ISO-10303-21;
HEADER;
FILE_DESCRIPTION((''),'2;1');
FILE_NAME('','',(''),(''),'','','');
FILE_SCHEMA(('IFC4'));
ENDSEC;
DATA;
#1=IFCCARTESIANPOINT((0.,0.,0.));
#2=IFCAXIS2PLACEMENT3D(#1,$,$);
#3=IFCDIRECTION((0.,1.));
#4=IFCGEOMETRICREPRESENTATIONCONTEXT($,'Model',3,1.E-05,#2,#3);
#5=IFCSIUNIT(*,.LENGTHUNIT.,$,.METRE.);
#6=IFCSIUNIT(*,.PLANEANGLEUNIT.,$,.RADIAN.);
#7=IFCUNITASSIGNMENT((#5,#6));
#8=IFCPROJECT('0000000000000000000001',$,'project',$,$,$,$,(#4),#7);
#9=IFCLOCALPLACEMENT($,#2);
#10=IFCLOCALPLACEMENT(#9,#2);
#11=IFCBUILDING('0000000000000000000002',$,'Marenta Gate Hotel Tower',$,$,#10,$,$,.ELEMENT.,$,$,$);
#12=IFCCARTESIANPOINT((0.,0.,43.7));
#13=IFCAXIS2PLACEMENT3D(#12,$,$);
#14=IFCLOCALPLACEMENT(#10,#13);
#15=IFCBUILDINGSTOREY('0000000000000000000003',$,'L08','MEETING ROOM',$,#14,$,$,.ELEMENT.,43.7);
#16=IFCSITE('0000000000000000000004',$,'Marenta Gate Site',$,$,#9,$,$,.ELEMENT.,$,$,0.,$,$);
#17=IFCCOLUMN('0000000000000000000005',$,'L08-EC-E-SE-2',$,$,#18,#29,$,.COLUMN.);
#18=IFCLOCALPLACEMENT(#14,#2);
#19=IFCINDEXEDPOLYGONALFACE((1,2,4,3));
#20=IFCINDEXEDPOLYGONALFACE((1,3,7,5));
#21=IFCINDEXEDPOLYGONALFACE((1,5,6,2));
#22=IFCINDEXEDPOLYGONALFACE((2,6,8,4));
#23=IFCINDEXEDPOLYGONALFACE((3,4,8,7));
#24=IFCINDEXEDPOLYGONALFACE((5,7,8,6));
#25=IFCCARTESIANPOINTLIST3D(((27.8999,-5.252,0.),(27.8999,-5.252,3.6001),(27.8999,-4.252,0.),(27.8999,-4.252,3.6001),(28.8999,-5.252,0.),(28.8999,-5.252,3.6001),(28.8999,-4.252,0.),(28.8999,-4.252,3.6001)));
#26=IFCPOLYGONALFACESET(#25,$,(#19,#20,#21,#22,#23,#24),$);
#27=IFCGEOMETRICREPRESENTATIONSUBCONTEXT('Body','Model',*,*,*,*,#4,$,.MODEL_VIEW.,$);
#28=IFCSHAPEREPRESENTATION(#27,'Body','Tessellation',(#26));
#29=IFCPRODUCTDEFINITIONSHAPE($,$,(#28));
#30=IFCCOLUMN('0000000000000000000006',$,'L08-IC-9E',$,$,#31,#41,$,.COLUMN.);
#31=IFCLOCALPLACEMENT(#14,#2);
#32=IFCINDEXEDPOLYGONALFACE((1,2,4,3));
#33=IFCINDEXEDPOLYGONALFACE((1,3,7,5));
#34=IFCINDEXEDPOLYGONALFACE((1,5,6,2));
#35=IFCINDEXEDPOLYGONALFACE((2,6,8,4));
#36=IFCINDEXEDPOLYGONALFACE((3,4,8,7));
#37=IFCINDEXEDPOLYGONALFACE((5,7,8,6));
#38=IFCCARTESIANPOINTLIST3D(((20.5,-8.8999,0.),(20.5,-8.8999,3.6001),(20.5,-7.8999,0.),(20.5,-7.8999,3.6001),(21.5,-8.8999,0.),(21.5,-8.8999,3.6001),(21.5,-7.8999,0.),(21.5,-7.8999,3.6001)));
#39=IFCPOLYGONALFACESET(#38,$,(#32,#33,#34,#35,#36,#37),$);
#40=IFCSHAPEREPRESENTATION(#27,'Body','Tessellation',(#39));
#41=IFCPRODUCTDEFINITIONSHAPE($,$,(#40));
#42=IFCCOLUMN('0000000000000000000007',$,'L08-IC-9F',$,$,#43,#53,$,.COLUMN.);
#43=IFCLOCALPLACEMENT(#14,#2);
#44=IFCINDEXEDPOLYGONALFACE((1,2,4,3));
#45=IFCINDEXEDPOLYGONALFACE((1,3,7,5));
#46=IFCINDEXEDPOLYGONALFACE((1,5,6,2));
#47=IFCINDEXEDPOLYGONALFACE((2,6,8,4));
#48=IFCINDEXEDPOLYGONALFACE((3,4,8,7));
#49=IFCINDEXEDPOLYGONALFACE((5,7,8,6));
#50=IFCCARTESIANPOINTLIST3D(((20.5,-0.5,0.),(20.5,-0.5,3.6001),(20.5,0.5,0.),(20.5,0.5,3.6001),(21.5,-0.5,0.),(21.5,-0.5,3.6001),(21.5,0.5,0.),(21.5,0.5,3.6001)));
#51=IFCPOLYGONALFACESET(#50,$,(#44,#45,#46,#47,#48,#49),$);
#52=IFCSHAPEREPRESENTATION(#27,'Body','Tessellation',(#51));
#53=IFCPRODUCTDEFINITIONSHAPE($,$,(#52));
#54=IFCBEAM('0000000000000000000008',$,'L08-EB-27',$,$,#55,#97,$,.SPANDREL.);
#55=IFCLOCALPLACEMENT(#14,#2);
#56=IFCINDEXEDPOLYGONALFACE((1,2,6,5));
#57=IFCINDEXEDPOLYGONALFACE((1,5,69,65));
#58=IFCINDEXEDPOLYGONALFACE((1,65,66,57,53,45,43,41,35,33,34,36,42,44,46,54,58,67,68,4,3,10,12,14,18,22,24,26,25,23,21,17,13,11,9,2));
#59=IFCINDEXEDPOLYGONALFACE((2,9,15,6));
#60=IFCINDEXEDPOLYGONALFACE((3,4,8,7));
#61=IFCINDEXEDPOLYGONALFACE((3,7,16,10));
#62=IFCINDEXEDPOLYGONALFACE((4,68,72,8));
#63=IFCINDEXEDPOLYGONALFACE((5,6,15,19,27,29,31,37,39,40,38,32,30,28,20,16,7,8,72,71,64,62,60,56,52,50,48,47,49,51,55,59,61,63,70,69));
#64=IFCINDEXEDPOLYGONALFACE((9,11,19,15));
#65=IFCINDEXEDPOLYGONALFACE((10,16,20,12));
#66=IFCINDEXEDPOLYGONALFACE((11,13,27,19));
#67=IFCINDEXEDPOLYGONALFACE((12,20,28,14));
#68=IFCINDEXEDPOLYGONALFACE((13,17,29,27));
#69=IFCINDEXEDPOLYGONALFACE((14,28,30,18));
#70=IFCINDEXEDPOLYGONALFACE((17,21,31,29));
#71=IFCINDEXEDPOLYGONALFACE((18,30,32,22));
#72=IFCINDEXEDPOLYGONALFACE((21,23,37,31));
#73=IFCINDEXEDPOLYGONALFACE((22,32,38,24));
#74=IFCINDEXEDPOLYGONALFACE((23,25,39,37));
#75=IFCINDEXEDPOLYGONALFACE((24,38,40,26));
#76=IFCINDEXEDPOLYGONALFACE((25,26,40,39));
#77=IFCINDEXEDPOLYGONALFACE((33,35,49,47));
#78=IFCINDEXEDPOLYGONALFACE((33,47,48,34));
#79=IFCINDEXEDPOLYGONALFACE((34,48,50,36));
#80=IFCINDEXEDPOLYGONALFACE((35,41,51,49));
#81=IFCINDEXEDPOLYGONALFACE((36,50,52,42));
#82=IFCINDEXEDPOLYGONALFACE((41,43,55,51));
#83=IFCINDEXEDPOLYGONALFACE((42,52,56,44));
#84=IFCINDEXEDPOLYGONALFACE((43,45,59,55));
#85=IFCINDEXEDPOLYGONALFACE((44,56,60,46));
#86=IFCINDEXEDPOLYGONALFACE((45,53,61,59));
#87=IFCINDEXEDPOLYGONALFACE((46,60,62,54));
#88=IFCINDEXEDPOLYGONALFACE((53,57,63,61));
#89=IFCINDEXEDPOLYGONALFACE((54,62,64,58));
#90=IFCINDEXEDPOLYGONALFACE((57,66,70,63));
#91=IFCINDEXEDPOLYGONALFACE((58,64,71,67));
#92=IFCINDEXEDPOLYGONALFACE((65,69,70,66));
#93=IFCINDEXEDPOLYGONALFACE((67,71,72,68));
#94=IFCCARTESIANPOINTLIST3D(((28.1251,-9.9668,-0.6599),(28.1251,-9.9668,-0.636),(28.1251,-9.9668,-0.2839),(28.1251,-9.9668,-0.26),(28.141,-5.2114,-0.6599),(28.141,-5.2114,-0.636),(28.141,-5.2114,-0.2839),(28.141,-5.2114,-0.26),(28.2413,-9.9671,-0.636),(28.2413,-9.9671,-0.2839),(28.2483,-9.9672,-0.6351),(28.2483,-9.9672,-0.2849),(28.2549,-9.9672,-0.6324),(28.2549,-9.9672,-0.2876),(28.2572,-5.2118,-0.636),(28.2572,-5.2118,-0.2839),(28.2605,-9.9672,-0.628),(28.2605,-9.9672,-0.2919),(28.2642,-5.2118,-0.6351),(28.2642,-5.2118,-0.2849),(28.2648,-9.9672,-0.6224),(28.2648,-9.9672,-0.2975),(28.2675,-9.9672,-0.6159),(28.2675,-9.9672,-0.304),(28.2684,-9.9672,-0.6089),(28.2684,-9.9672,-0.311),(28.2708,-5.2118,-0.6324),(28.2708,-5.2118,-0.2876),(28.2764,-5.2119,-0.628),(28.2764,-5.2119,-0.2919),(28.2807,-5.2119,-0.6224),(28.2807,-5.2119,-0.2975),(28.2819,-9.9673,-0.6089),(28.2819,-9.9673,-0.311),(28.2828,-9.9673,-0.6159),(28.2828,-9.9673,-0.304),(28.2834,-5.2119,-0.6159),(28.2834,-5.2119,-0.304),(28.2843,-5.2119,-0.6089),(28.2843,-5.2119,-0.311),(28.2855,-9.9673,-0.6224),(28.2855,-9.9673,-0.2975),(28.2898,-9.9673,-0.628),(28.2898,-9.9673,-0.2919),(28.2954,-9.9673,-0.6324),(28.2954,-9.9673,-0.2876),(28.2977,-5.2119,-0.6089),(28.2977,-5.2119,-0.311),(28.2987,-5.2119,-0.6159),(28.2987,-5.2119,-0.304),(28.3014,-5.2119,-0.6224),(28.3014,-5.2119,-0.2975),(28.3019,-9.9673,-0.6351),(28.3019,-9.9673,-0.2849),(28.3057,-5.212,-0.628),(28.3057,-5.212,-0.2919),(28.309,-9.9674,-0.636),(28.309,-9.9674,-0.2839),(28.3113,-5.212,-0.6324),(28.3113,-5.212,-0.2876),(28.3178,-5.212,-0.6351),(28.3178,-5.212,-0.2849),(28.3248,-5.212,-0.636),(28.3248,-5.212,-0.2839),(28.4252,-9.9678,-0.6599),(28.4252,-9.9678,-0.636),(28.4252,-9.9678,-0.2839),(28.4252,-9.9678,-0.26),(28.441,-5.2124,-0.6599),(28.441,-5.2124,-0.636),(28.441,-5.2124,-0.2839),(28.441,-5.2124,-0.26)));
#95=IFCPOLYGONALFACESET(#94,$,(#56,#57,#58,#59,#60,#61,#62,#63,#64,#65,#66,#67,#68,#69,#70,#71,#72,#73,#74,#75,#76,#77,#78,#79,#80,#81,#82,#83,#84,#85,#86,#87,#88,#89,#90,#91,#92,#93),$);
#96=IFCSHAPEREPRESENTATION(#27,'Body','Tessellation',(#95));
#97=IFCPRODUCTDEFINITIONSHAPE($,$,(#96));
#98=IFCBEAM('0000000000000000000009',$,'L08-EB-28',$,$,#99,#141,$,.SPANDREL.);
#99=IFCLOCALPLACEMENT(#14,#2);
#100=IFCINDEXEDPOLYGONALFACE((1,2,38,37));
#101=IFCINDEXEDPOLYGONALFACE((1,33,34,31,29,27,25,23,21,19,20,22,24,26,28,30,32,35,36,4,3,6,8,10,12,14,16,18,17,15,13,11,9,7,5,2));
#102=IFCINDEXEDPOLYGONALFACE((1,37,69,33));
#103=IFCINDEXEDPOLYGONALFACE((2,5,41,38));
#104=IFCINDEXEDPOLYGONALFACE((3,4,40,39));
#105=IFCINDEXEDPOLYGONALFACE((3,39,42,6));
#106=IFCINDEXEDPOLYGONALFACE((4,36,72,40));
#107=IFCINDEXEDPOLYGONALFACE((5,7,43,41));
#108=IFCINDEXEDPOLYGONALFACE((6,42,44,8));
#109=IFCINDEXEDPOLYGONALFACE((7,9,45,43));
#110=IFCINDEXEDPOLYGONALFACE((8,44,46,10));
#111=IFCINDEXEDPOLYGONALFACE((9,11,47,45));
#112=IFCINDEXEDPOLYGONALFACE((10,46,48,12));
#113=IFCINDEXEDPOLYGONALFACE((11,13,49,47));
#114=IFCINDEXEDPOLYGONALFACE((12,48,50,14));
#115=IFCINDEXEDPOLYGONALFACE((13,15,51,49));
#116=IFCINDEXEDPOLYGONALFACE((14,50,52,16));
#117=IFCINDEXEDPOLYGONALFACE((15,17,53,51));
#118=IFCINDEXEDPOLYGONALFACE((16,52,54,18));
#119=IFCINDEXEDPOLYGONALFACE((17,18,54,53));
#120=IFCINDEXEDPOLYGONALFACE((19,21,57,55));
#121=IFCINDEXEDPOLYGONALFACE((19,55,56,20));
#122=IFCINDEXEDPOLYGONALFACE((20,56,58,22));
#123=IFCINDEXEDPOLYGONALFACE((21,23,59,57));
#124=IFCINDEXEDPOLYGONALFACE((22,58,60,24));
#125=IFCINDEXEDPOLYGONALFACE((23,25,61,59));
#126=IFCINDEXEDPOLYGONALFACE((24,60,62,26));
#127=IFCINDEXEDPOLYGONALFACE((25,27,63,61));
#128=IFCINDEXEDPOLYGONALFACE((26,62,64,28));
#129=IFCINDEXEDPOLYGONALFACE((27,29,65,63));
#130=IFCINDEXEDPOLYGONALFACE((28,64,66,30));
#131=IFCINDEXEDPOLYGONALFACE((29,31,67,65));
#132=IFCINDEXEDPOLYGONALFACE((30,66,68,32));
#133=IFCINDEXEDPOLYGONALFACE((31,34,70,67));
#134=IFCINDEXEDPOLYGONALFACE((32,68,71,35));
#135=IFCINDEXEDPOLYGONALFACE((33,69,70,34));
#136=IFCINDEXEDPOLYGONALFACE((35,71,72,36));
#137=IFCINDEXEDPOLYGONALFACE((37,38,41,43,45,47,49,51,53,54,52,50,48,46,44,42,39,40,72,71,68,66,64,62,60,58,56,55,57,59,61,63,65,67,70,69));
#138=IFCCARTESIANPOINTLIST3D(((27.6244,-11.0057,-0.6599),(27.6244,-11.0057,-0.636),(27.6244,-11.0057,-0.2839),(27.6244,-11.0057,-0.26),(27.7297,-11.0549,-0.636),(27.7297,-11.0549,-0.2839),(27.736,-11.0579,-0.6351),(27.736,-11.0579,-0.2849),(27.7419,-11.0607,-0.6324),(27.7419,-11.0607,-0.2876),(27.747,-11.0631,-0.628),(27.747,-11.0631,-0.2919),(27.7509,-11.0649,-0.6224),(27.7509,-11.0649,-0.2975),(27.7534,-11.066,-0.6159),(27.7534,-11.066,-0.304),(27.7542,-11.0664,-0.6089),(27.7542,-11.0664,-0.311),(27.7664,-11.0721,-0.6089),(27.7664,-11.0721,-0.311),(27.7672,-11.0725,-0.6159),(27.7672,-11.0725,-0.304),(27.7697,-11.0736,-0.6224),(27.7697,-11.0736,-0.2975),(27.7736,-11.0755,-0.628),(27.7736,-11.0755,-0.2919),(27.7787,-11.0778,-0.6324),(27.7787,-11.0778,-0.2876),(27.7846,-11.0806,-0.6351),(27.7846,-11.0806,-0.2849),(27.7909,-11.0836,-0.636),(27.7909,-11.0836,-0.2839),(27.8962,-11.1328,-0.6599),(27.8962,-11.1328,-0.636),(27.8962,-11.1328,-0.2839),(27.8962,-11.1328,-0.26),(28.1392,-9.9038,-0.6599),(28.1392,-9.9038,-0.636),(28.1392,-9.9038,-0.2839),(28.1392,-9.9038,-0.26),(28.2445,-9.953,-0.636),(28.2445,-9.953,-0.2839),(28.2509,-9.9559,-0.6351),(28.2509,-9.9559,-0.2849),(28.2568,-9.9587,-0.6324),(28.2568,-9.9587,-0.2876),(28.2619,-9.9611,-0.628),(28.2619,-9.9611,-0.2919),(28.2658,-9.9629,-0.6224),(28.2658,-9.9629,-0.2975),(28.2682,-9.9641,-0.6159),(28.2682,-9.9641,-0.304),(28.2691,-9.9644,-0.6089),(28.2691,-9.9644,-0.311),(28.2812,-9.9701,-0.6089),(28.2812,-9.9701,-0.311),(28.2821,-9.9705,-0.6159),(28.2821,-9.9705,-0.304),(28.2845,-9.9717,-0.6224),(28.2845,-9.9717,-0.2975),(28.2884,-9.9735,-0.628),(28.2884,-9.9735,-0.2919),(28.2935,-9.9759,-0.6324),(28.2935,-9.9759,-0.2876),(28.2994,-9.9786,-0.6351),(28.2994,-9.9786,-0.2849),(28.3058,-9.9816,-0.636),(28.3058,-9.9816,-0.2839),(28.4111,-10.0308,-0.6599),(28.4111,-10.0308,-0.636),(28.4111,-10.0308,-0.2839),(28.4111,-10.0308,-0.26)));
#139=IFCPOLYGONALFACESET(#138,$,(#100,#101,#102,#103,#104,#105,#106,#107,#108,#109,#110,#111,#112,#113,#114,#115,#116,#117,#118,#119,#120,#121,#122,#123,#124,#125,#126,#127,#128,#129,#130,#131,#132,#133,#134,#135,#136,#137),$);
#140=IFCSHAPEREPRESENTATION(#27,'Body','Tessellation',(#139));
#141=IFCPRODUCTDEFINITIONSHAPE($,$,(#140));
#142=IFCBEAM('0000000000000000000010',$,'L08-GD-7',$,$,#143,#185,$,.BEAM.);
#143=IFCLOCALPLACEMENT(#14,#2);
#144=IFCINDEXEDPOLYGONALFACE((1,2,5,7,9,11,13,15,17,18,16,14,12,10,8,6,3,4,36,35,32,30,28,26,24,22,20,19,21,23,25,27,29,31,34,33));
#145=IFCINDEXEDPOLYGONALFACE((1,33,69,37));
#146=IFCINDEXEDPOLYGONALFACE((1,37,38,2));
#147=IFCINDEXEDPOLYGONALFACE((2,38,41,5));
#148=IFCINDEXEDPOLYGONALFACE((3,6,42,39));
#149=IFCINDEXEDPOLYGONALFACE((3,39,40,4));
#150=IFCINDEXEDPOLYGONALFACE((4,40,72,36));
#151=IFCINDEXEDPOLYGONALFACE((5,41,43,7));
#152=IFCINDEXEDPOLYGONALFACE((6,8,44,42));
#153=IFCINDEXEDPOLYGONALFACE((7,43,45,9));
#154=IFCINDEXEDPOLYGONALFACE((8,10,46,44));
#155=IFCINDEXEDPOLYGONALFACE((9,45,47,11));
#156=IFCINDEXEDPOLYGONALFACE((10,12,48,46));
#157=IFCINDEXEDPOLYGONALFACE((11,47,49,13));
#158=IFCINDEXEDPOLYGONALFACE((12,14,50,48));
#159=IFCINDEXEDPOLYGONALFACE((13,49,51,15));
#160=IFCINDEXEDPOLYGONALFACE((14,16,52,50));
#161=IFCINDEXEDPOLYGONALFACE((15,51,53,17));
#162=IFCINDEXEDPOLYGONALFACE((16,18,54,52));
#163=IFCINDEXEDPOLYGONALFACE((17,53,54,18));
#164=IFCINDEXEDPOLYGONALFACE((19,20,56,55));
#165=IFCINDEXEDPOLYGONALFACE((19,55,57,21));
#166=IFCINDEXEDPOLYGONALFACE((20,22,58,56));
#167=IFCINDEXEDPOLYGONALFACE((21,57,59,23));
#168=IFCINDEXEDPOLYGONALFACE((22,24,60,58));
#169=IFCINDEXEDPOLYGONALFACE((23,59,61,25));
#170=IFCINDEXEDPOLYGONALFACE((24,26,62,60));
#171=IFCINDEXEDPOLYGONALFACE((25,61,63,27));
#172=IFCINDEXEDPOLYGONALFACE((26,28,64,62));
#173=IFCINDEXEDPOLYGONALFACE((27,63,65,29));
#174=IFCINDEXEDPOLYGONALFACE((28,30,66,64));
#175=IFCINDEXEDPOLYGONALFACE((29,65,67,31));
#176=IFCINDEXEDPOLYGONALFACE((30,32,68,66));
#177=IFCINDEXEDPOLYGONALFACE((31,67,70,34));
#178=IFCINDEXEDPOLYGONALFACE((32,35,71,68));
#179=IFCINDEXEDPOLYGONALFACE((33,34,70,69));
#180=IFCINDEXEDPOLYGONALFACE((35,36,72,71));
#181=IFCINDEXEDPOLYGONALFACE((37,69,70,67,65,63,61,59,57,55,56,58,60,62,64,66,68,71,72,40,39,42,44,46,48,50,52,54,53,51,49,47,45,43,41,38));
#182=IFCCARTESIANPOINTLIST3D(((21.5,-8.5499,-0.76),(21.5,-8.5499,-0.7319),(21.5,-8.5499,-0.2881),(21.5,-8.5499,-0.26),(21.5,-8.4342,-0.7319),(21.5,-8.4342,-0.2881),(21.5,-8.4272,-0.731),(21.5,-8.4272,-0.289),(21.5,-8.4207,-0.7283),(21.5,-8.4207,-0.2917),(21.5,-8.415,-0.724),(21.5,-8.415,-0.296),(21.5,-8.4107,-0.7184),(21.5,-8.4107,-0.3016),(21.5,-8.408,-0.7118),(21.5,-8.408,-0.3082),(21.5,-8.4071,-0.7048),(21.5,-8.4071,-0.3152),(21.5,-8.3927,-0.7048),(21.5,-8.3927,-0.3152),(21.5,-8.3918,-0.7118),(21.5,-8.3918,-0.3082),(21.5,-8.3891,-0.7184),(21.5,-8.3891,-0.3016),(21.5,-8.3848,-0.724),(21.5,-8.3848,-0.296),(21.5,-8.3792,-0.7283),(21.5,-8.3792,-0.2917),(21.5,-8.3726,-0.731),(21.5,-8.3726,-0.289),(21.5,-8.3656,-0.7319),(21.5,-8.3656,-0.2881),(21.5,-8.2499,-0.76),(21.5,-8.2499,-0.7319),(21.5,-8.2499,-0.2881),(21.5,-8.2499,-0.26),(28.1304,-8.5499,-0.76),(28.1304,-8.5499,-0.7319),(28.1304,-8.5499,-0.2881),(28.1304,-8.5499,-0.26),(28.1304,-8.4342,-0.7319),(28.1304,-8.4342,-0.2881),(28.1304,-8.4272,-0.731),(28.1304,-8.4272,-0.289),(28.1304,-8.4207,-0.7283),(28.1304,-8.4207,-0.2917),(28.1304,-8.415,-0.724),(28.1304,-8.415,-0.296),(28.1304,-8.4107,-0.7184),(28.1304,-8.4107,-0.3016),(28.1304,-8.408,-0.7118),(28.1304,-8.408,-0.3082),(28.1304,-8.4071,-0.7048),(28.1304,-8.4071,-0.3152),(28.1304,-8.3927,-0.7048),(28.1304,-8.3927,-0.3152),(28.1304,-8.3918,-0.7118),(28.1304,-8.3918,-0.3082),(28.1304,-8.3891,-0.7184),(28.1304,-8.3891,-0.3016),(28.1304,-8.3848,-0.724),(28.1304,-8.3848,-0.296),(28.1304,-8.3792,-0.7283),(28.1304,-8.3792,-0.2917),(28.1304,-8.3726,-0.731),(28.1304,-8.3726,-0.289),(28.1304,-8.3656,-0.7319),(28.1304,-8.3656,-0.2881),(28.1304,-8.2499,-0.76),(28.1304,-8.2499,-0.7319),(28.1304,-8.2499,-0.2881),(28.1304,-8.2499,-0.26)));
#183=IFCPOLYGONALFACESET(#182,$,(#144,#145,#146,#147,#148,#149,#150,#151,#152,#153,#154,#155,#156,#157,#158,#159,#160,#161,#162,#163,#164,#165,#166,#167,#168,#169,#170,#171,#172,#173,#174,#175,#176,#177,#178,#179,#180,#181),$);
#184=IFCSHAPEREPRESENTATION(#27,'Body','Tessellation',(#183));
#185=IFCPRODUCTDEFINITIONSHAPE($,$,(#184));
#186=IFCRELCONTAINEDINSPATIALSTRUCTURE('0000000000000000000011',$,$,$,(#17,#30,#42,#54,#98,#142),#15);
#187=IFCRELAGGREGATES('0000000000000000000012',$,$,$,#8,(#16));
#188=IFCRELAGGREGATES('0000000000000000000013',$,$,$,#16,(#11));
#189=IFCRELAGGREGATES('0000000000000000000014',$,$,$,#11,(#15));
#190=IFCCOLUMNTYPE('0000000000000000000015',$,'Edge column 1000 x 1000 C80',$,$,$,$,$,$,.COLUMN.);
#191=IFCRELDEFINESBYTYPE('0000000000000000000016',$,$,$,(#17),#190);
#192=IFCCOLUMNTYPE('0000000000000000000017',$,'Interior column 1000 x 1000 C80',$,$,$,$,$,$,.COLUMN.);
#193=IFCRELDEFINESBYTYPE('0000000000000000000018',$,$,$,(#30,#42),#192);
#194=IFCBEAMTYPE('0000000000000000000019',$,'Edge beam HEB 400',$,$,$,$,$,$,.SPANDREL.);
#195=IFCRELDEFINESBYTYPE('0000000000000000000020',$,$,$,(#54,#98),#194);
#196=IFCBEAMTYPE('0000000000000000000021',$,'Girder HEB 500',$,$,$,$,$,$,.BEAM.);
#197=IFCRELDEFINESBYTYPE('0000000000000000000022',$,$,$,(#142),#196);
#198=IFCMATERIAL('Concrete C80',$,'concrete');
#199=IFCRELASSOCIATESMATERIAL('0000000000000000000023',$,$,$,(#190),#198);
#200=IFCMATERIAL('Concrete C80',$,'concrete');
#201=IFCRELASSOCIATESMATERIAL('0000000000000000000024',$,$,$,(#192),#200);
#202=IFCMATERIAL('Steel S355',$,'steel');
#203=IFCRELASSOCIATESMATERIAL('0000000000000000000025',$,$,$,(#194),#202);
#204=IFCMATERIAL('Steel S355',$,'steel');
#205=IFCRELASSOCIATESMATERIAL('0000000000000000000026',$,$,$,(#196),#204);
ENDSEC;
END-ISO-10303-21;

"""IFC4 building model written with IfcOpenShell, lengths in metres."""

from ifc_helpers import new_model, si_unit, direction, frame, origin, origin_2d, place, context, subcontext, project, spatial, rectangle, i_section, extrude, material, material_profile, profile_set, type_object, element, save


model = new_model("IFC4")

# Units and contexts
model_context = context("Model", 3, precision=1e-05, world=origin(), true_north=direction((0.0, 1.0)))
body_context = subcontext(model_context, "Body", "Model", "MODEL_VIEW")
ifc_project = project(units=[si_unit("LENGTHUNIT", "METRE"), si_unit("PLANEANGLEUNIT", "RADIAN")], contexts=[model_context])

# Site, building, storey
site_placement = place(None, origin())
site = spatial("IfcSite", under=ifc_project, at=site_placement, Name="Marenta Gate Site", CompositionType="ELEMENT", RefElevation=0.0)
building_placement = place(site_placement, origin())
building = spatial("IfcBuilding", under=site, at=building_placement, Name="Marenta Gate Hotel Tower", CompositionType="ELEMENT")
storey_placement = place(building_placement, frame((0.0, 0.0, 43.7)))
storey = spatial("IfcBuildingStorey", under=building, at=storey_placement, Name="L08", Description="MEETING ROOM", CompositionType="ELEMENT", Elevation=43.7)

# Columns
ifc_material_1 = material(Name="Concrete C80", Category="concrete")
ifc_material_profile_1 = material_profile(ifc_material_1, rectangle(XDim=1.0, YDim=1.0, at=origin_2d()), Name="1000 x 1000")
ifc_profile_set_1 = profile_set([ifc_material_profile_1], Name="Concrete C80")
column_type_1 = type_object("IfcColumnType", Name="Edge column 1000 x 1000 C80", PredefinedType="COLUMN", material=ifc_profile_set_1)
column_placement = place(storey_placement, frame((28.3999, -4.752, 0.0), z_axis=(0.0, 0.0, 1.0), x_axis=(1.0, 0.0, 0.0)))
element("IfcColumn", 1, at=column_placement, inside=storey, type_object=column_type_1, Name="L08-EC-E-SE-2", PredefinedType="COLUMN", context=body_context, shape_type="SweptSolid", body=[
    extrude(rectangle(XDim=1.0, YDim=1.0, at=origin_2d()), origin(), (0.0, 0.0, 1.0), 3.6001),
])
ifc_material_2 = material(Name="Concrete C80", Category="concrete")
ifc_material_profile_2 = material_profile(ifc_material_2, rectangle(XDim=1.0, YDim=1.0, at=origin_2d()), Name="1000 x 1000")
ifc_profile_set_2 = profile_set([ifc_material_profile_2], Name="Concrete C80")
column_type_2 = type_object("IfcColumnType", Name="Interior column 1000 x 1000 C80", PredefinedType="COLUMN", material=ifc_profile_set_2)
for number, where, z_axis, x_axis, name in (
    (2, (21.0, -8.3999, 0.0), (0.0, 0.0, 1.0), (1.0, 0.0, 0.0), "L08-IC-9E"),
    (3, (21.0, 0.0, 0.0), (0.0, 0.0, 1.0), (1.0, 0.0, 0.0), "L08-IC-9F"),
):
    element("IfcColumn", number, at=place(storey_placement, frame(where, z_axis=z_axis, x_axis=x_axis)), inside=storey, type_object=column_type_2, Name=name, PredefinedType="COLUMN", context=body_context, shape_type="SweptSolid", body=[
        extrude(rectangle(XDim=1.0, YDim=1.0, at=origin_2d()), origin(), (0.0, 0.0, 1.0), 3.6001),
    ])

# Beams
ifc_material_3 = material(Name="Steel S355", Category="steel")
ifc_material_profile_3 = material_profile(ifc_material_3, i_section(OverallWidth=0.3, OverallDepth=0.3999, WebThickness=0.0134, FlangeThickness=0.0239, FilletRadius=0.0271, at=origin_2d()), Name="HEB 400")
ifc_profile_set_3 = profile_set([ifc_material_profile_3], Name="Steel S355")
beam_type_1 = type_object("IfcBeamType", Name="Edge beam HEB 400", PredefinedType="SPANDREL", material=ifc_profile_set_3)
beam_1_placement = place(storey_placement, frame((28.291, -5.2119, -0.46), z_axis=(-0.003337, -0.999994, 0.0), x_axis=(0.999994, -0.003337, 0.0)))
element("IfcBeam", 4, at=beam_1_placement, inside=storey, type_object=beam_type_1, Name="L08-EB-27", PredefinedType="SPANDREL", context=body_context, shape_type="SweptSolid", body=[
    extrude(i_section(OverallWidth=0.3, OverallDepth=0.3999, WebThickness=0.0134, FlangeThickness=0.0239, FilletRadius=0.0271, at=origin_2d()), origin(), (0.0, 0.0, 1.0), 4.7554),
])
beam_2_placement = place(storey_placement, frame((28.2751, -9.9673, -0.46), z_axis=(-0.423292, -0.905993, 0.0), x_axis=(0.905993, -0.423292, 0.0)))
element("IfcBeam", 5, at=beam_2_placement, inside=storey, type_object=beam_type_1, Name="L08-EB-28", PredefinedType="SPANDREL", context=body_context, shape_type="SweptSolid", body=[
    extrude(i_section(OverallWidth=0.3, OverallDepth=0.3999, WebThickness=0.0134, FlangeThickness=0.0239, FilletRadius=0.0271, at=origin_2d()), origin(), (0.0, 0.0, 1.0), 1.2163),
])
ifc_material_4 = material(Name="Steel S355", Category="steel")
ifc_material_profile_4 = material_profile(ifc_material_4, i_section(OverallWidth=0.3, OverallDepth=0.5, WebThickness=0.0144, FlangeThickness=0.0281, FilletRadius=0.0271, at=origin_2d()), Name="HEB 500")
ifc_profile_set_4 = profile_set([ifc_material_profile_4], Name="Steel S355")
beam_type_2 = type_object("IfcBeamType", Name="Girder HEB 500", PredefinedType="BEAM", material=ifc_profile_set_4)
beam_3_placement = place(storey_placement, frame((21.5, -8.3999, -0.51), z_axis=(1.0, 0.0, 0.0), x_axis=(0.0, 1.0, 0.0)))
element("IfcBeam", 6, at=beam_3_placement, inside=storey, type_object=beam_type_2, Name="L08-GD-7", PredefinedType="BEAM", context=body_context, shape_type="SweptSolid", body=[
    extrude(i_section(OverallWidth=0.3, OverallDepth=0.5, WebThickness=0.0144, FlangeThickness=0.0281, FilletRadius=0.0271, at=origin_2d()), origin(), (0.0, 0.0, 1.0), 6.6304),
])

save(model, "model.ifc")
